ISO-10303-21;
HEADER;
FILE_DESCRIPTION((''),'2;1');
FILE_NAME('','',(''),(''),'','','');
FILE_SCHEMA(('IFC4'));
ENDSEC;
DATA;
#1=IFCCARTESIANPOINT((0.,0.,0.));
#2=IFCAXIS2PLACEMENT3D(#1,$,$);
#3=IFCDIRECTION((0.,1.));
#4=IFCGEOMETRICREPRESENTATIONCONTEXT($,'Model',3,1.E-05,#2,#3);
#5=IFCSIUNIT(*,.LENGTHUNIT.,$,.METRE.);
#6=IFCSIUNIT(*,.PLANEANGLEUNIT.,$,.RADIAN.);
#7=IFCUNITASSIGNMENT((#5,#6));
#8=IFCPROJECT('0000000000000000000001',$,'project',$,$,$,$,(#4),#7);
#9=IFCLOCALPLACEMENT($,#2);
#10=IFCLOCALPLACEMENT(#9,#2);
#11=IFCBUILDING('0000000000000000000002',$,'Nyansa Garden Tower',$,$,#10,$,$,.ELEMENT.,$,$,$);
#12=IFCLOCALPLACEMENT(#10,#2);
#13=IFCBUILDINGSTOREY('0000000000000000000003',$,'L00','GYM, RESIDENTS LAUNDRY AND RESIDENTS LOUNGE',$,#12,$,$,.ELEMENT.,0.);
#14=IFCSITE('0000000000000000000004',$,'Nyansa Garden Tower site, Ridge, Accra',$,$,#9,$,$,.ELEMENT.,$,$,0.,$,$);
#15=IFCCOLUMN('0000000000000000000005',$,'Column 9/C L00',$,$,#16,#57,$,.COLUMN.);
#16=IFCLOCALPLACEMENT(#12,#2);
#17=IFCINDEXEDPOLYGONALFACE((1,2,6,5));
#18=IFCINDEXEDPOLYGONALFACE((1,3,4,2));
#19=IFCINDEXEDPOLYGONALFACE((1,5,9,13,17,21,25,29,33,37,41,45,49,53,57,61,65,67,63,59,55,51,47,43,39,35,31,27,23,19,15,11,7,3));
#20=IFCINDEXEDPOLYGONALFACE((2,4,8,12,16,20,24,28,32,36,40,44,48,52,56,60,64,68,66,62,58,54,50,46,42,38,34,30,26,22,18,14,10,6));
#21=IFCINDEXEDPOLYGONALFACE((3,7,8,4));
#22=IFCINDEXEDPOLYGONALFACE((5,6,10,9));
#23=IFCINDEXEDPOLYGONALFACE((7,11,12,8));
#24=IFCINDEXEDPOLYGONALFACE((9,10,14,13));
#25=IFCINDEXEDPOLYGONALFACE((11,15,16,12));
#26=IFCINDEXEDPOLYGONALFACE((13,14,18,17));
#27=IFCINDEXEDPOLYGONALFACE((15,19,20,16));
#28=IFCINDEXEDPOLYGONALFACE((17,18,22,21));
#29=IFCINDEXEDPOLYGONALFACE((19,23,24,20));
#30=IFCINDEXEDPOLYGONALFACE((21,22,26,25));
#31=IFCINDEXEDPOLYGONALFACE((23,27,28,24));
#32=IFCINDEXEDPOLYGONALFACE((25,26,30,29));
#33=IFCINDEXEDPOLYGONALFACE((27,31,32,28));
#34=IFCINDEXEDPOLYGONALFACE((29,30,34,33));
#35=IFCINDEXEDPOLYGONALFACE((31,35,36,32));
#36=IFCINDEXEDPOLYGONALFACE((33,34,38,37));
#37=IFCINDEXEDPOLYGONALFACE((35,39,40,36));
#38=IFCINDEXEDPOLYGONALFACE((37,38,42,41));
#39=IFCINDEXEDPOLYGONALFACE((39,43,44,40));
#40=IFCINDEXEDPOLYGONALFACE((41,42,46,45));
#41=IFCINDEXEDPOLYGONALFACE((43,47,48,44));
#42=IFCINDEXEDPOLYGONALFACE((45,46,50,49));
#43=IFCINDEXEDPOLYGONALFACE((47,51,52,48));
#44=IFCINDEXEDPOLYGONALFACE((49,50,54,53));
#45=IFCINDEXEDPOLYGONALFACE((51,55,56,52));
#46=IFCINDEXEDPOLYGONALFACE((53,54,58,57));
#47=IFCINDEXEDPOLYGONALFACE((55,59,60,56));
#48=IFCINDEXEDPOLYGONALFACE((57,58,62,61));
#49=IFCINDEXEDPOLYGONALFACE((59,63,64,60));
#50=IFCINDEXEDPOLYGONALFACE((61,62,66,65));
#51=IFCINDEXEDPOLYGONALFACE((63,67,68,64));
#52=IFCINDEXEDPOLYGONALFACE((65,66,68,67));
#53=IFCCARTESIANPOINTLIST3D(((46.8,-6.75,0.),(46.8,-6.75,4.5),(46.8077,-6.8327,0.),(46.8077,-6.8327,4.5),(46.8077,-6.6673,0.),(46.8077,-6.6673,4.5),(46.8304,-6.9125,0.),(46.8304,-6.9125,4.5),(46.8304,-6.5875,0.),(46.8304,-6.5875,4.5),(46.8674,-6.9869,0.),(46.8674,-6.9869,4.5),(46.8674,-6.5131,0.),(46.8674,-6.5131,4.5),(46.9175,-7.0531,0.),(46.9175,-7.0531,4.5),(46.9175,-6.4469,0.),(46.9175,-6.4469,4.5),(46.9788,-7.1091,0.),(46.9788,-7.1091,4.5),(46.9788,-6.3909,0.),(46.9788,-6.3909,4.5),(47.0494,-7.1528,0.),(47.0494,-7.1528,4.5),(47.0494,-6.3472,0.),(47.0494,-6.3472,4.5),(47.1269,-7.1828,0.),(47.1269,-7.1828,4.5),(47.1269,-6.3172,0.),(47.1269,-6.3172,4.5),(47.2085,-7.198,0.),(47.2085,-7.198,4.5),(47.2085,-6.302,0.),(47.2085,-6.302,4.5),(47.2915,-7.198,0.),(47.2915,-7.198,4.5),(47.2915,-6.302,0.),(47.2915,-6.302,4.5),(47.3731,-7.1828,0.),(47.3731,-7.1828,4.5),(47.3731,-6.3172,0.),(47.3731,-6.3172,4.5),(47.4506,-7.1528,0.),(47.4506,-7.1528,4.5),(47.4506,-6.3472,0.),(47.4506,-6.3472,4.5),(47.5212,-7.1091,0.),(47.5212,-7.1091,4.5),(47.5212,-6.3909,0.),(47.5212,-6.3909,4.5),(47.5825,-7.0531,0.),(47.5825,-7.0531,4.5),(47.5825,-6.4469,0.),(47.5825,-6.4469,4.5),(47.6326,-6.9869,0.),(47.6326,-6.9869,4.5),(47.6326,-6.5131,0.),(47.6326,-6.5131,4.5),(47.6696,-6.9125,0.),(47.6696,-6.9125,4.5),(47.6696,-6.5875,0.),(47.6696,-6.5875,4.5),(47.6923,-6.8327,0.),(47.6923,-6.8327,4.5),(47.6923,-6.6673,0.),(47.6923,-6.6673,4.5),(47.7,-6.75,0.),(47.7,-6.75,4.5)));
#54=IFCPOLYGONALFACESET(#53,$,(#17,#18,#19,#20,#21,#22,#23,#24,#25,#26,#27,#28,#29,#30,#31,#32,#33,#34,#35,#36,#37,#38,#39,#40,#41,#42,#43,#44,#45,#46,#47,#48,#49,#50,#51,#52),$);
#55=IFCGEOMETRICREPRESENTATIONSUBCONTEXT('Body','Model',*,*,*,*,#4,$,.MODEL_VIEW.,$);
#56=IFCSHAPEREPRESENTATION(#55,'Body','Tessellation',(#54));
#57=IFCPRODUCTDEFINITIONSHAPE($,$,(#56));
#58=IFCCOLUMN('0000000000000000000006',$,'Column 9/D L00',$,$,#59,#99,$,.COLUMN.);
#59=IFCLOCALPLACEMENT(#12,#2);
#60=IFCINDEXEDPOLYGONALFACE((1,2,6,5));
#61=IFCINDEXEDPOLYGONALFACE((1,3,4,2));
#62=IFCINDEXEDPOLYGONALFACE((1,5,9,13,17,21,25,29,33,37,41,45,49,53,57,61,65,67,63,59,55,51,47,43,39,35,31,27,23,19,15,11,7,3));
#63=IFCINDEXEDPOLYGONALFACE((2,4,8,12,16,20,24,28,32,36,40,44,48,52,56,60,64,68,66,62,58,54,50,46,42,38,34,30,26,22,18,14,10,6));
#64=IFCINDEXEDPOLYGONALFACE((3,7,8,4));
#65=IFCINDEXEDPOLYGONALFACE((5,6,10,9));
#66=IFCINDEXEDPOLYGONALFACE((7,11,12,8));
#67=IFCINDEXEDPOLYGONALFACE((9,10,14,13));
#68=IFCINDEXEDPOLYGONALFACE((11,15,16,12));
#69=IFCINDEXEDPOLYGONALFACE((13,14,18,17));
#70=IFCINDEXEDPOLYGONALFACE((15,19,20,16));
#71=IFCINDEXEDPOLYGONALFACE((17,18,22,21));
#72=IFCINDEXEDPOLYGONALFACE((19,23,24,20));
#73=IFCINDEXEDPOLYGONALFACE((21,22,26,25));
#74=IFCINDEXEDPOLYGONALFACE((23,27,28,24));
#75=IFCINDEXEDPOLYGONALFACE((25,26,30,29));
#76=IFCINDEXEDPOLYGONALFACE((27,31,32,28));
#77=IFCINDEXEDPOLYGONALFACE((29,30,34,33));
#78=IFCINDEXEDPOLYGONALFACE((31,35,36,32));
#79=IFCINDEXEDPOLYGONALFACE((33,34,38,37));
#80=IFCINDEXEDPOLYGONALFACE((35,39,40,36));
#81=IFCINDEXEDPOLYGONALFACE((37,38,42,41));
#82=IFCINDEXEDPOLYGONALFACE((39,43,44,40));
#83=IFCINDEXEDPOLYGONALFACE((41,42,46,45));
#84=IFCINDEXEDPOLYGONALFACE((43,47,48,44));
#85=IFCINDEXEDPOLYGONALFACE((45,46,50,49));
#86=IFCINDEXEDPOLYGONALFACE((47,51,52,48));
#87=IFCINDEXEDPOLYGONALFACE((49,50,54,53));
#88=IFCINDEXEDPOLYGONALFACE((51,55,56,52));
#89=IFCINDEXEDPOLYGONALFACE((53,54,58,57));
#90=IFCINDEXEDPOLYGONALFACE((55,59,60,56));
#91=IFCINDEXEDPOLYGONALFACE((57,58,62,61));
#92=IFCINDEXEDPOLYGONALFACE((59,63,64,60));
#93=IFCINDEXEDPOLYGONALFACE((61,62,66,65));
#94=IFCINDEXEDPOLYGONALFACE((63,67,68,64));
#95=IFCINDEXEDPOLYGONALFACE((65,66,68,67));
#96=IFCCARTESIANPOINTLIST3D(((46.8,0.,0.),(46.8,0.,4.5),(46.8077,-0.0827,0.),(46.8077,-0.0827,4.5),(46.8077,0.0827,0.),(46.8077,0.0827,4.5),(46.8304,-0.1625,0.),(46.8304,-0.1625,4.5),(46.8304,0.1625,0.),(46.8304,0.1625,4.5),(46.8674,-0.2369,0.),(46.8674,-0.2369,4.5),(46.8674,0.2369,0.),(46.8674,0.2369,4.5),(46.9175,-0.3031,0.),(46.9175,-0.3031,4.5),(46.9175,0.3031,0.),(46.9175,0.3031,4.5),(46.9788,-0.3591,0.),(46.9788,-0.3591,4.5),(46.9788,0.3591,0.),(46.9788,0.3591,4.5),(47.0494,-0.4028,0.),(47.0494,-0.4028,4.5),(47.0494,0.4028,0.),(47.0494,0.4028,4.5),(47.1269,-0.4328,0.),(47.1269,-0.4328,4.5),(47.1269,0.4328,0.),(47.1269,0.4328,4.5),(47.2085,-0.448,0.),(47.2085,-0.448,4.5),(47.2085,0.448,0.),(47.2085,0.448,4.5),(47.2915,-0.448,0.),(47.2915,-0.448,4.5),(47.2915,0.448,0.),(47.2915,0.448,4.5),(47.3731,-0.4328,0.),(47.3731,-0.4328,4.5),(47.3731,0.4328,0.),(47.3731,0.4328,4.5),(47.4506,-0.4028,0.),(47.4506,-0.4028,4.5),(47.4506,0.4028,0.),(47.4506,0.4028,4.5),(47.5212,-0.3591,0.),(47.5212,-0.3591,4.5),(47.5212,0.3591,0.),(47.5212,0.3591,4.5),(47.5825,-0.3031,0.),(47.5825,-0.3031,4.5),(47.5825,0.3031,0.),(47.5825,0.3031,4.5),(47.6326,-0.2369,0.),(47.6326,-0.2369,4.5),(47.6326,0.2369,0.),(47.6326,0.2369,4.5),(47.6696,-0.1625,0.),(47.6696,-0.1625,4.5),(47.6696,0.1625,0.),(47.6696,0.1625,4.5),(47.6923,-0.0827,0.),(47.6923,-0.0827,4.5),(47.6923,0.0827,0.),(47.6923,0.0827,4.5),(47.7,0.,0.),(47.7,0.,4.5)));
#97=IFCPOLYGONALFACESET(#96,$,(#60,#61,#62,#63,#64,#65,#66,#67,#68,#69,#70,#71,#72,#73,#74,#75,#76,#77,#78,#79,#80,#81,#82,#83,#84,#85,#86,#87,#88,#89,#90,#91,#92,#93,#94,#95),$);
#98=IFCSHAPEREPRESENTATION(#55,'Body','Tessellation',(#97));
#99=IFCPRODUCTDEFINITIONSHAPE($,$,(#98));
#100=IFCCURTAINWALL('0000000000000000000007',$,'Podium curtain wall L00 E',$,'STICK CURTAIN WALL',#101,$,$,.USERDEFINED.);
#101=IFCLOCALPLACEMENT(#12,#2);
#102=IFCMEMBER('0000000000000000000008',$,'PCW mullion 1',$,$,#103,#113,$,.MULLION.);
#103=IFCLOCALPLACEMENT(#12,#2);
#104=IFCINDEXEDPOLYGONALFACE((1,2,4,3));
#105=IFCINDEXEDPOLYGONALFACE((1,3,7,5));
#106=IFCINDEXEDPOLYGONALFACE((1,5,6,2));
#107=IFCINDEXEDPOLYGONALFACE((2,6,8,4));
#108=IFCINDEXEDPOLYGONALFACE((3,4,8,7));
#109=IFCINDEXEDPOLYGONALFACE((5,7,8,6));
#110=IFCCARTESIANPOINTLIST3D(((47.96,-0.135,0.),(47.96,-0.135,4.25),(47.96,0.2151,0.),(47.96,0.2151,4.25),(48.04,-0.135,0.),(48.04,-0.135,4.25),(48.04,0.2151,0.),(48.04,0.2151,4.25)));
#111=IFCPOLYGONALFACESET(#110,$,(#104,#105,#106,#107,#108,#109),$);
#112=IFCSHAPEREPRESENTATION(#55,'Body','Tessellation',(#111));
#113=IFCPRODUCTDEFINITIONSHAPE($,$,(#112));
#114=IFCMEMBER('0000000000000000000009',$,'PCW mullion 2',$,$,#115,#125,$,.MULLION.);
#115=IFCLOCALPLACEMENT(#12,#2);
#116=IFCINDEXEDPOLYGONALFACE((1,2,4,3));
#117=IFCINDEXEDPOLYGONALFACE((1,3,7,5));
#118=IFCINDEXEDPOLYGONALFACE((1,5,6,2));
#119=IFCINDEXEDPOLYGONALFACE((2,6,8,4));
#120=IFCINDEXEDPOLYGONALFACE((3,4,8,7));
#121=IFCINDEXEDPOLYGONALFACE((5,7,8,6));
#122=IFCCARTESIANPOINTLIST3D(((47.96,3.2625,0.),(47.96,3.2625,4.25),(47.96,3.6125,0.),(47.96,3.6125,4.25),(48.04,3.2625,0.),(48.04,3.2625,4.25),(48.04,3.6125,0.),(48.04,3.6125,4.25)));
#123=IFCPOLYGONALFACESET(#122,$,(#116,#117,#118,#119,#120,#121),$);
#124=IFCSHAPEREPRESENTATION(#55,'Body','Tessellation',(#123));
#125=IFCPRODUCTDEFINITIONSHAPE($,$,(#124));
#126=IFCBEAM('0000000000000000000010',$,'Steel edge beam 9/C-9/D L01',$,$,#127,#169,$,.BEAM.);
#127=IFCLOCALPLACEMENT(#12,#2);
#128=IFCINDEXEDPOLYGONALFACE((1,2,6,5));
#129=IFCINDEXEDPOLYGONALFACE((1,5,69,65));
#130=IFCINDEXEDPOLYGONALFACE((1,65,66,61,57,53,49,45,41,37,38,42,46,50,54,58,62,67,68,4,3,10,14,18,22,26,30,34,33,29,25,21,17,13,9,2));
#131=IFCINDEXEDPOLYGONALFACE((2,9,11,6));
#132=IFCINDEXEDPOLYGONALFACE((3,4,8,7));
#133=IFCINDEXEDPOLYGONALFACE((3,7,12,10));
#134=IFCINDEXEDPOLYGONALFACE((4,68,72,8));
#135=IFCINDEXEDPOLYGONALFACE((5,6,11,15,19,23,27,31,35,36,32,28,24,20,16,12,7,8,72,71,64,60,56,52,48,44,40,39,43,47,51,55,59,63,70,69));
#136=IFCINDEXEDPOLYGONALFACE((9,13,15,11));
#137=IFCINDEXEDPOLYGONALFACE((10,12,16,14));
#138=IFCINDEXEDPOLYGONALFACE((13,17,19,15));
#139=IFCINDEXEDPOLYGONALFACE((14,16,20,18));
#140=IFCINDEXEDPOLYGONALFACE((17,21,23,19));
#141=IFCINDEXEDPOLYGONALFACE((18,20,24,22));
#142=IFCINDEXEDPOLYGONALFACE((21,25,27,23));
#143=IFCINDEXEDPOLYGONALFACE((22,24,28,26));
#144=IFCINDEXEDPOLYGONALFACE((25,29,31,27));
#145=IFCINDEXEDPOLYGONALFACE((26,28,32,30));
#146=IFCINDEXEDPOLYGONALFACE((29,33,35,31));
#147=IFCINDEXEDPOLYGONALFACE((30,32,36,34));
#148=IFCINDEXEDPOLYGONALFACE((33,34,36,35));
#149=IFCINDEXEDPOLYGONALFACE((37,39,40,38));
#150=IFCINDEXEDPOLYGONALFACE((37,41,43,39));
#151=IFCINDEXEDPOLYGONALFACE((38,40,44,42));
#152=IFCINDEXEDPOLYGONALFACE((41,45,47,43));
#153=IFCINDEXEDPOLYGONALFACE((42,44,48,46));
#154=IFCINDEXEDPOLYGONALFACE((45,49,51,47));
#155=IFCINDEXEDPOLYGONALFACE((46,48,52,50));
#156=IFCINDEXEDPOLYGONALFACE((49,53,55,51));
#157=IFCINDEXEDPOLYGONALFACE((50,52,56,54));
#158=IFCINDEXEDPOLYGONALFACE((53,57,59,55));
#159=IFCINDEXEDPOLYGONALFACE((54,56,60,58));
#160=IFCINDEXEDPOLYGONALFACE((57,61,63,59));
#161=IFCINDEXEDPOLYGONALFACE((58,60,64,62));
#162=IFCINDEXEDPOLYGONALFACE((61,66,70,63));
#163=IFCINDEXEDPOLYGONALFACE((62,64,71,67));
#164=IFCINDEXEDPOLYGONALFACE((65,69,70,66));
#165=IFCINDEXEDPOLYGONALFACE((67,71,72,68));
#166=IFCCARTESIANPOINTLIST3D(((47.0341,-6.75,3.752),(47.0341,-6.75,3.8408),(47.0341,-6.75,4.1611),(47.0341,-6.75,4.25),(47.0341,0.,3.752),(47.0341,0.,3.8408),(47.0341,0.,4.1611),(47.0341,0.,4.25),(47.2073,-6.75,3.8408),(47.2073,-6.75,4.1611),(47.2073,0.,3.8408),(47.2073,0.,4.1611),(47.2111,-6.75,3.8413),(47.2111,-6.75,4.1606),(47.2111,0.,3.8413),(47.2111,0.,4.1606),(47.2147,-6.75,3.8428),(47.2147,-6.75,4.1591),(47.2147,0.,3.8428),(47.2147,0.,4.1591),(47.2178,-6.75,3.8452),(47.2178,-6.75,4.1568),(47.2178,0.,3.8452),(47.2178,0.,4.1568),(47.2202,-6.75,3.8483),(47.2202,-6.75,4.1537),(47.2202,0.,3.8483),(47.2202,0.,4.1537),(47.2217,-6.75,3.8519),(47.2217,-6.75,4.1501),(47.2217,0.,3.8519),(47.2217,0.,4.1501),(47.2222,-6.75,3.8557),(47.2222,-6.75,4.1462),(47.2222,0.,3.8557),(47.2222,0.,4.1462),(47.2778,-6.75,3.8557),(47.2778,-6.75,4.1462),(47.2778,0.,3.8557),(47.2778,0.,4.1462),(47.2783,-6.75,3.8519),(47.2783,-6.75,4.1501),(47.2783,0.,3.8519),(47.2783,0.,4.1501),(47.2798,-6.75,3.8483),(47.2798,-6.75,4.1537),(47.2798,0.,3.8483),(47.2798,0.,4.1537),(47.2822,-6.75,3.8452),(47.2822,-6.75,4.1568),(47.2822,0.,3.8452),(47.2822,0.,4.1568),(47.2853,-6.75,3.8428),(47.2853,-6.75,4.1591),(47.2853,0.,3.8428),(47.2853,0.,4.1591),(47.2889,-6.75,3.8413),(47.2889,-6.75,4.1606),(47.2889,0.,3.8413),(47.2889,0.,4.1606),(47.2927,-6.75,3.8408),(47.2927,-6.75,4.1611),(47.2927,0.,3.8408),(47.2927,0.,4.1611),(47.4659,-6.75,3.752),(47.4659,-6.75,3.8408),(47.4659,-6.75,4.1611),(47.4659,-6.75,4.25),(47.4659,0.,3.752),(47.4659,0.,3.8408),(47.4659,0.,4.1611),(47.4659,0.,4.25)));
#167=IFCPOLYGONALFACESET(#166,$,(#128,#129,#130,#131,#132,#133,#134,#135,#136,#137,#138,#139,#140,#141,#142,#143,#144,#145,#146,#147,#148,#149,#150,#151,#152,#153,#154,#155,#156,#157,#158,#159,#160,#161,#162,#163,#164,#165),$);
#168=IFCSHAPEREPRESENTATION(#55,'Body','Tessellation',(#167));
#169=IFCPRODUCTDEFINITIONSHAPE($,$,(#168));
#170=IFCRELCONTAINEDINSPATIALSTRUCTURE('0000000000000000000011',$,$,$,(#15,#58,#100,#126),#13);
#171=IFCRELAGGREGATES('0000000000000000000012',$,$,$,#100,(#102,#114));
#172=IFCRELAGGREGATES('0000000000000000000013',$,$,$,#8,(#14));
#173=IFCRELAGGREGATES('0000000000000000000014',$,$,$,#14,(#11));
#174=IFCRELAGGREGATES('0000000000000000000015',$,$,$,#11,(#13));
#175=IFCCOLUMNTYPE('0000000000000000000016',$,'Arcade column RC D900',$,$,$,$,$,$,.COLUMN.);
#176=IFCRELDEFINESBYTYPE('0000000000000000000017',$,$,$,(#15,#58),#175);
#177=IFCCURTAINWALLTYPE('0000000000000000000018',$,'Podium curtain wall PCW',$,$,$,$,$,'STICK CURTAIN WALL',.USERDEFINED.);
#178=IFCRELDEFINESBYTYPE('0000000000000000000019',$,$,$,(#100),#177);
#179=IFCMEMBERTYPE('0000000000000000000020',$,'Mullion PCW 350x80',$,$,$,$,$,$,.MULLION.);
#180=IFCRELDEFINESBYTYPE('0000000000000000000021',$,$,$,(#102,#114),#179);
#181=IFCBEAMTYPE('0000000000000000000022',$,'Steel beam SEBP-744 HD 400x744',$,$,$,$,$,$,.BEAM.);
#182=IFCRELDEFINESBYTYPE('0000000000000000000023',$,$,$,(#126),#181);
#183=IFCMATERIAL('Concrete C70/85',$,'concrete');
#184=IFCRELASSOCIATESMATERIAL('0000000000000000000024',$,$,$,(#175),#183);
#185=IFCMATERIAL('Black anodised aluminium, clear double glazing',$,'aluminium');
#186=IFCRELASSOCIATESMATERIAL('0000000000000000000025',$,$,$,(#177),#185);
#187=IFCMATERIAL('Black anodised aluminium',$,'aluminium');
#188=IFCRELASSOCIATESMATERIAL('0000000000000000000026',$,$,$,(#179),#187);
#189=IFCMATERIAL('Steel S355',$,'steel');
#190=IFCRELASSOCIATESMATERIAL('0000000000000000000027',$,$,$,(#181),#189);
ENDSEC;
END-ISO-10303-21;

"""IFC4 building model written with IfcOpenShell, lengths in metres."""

from ifc_helpers import new_model, si_unit, direction, frame, origin, origin_2d, place, context, subcontext, project, spatial, rectangle, circle, i_section, extrude, material, material_profile, profile_set, type_object, element, aggregate, save


model = new_model("IFC4")

# Units and contexts
model_context = context("Model", 3, precision=1e-05, world=origin(), true_north=direction((0.0, 1.0)))
body_context = subcontext(model_context, "Body", "Model", "MODEL_VIEW")
ifc_project = project(units=[si_unit("LENGTHUNIT", "METRE"), si_unit("PLANEANGLEUNIT", "RADIAN")], contexts=[model_context])

# Site, building, storey
site_placement = place(None, origin())
site = spatial("IfcSite", under=ifc_project, at=site_placement, Name="Nyansa Garden Tower site, Ridge, Accra", CompositionType="ELEMENT", RefElevation=0.0)
building_placement = place(site_placement, origin())
building = spatial("IfcBuilding", under=site, at=building_placement, Name="Nyansa Garden Tower", CompositionType="ELEMENT")
storey_placement = place(building_placement, origin())
storey = spatial("IfcBuildingStorey", under=building, at=storey_placement, Name="L00", Description="GYM, RESIDENTS LAUNDRY AND RESIDENTS LOUNGE", CompositionType="ELEMENT", Elevation=0.0)

# Columns
ifc_material_1 = material(Name="Concrete C70/85", Category="concrete")
ifc_material_profile_1 = material_profile(ifc_material_1, circle(Radius=0.45, at=origin_2d()), Name="RC D900")
ifc_profile_set_1 = profile_set([ifc_material_profile_1], Name="Concrete C70/85")
column_type = type_object("IfcColumnType", Name="Arcade column RC D900", PredefinedType="COLUMN", material=ifc_profile_set_1)
for number, where, z_axis, x_axis, name in (
    (1, (47.25, -6.75, 0.0), (0.0, 0.0, 1.0), (1.0, 0.0, 0.0), "Column 9/C L00"),
    (2, (47.25, 0.0, 0.0), (0.0, 0.0, 1.0), (1.0, 0.0, 0.0), "Column 9/D L00"),
):
    element("IfcColumn", number, at=place(storey_placement, frame(where, z_axis=z_axis, x_axis=x_axis)), inside=storey, type_object=column_type, Name=name, PredefinedType="COLUMN", context=body_context, shape_type="SweptSolid", body=[
        extrude(circle(Radius=0.45, at=origin_2d()), origin(), (0.0, 0.0, 1.0), 4.5),
    ])

# Curtain wall, members
ifc_material_2 = material(Name="Black anodised aluminium, clear double glazing", Category="aluminium")
curtain_wall_type = type_object("IfcCurtainWallType", Name="Podium curtain wall PCW", ElementType="STICK CURTAIN WALL", PredefinedType="USERDEFINED", material=ifc_material_2)
curtain_wall_placement = place(storey_placement, origin())
curtain_wall = element("IfcCurtainWall", 3, at=curtain_wall_placement, inside=storey, type_object=curtain_wall_type, Name="Podium curtain wall L00 E", ObjectType="STICK CURTAIN WALL", PredefinedType="USERDEFINED")
ifc_material_3 = material(Name="Black anodised aluminium", Category="aluminium")
ifc_material_profile_2 = material_profile(ifc_material_3, rectangle(XDim=0.0801, YDim=0.3501, at=origin_2d()), Name="Mullion 350x80")
ifc_profile_set_2 = profile_set([ifc_material_profile_2], Name="Black anodised aluminium")
member_type_1 = type_object("IfcMemberType", Name="Mullion PCW 350x80", PredefinedType="MULLION", material=ifc_profile_set_2)
member_1_placement = place(storey_placement, frame((48.0, 0.04, 0.0), z_axis=(0.0, 0.0, 1.0), x_axis=(-1.0, 0.0, 0.0)))
member_1 = element("IfcMember", 4, at=member_1_placement, type_object=member_type_1, Name="PCW mullion 1", PredefinedType="MULLION", context=body_context, shape_type="SweptSolid", body=[
    extrude(rectangle(XDim=0.0801, YDim=0.3501, at=origin_2d()), origin(), (0.0, 0.0, 1.0), 4.25),
])
member_2_placement = place(storey_placement, frame((48.0, 3.4375, 0.0), z_axis=(0.0, 0.0, 1.0), x_axis=(-1.0, 0.0, 0.0)))
member_2 = element("IfcMember", 5, at=member_2_placement, type_object=member_type_1, Name="PCW mullion 2", PredefinedType="MULLION", context=body_context, shape_type="SweptSolid", body=[
    extrude(rectangle(XDim=0.0801, YDim=0.3501, at=origin_2d()), origin(), (0.0, 0.0, 1.0), 4.25),
])

# Beam
ifc_material_4 = material(Name="Steel S355", Category="steel")
ifc_material_profile_3 = material_profile(ifc_material_4, i_section(OverallWidth=0.4319, OverallDepth=0.498, WebThickness=0.0557, FlangeThickness=0.0889, FilletRadius=0.0149, at=origin_2d()), Name="HD 400x744")
ifc_profile_set_3 = profile_set([ifc_material_profile_3], Name="Steel S355")
beam_type = type_object("IfcBeamType", Name="Steel beam SEBP-744 HD 400x744", PredefinedType="BEAM", material=ifc_profile_set_3)
for number, where, z_axis, x_axis, name in (
    (6, (47.25, -6.75, 4.001), (0.0, 1.0, 0.0), (-1.0, 0.0, 0.0), "Steel edge beam 9/C-9/D L01"),
):
    element("IfcBeam", number, at=place(storey_placement, frame(where, z_axis=z_axis, x_axis=x_axis)), inside=storey, type_object=beam_type, Name=name, PredefinedType="BEAM", context=body_context, shape_type="SweptSolid", body=[
        extrude(i_section(OverallWidth=0.4319, OverallDepth=0.498, WebThickness=0.0557, FlangeThickness=0.0889, FilletRadius=0.0149, at=origin_2d()), origin(), (0.0, 0.0, 1.0), 6.75),
    ])

aggregate(curtain_wall, [member_1, member_2])

save(model, "model.ifc")
